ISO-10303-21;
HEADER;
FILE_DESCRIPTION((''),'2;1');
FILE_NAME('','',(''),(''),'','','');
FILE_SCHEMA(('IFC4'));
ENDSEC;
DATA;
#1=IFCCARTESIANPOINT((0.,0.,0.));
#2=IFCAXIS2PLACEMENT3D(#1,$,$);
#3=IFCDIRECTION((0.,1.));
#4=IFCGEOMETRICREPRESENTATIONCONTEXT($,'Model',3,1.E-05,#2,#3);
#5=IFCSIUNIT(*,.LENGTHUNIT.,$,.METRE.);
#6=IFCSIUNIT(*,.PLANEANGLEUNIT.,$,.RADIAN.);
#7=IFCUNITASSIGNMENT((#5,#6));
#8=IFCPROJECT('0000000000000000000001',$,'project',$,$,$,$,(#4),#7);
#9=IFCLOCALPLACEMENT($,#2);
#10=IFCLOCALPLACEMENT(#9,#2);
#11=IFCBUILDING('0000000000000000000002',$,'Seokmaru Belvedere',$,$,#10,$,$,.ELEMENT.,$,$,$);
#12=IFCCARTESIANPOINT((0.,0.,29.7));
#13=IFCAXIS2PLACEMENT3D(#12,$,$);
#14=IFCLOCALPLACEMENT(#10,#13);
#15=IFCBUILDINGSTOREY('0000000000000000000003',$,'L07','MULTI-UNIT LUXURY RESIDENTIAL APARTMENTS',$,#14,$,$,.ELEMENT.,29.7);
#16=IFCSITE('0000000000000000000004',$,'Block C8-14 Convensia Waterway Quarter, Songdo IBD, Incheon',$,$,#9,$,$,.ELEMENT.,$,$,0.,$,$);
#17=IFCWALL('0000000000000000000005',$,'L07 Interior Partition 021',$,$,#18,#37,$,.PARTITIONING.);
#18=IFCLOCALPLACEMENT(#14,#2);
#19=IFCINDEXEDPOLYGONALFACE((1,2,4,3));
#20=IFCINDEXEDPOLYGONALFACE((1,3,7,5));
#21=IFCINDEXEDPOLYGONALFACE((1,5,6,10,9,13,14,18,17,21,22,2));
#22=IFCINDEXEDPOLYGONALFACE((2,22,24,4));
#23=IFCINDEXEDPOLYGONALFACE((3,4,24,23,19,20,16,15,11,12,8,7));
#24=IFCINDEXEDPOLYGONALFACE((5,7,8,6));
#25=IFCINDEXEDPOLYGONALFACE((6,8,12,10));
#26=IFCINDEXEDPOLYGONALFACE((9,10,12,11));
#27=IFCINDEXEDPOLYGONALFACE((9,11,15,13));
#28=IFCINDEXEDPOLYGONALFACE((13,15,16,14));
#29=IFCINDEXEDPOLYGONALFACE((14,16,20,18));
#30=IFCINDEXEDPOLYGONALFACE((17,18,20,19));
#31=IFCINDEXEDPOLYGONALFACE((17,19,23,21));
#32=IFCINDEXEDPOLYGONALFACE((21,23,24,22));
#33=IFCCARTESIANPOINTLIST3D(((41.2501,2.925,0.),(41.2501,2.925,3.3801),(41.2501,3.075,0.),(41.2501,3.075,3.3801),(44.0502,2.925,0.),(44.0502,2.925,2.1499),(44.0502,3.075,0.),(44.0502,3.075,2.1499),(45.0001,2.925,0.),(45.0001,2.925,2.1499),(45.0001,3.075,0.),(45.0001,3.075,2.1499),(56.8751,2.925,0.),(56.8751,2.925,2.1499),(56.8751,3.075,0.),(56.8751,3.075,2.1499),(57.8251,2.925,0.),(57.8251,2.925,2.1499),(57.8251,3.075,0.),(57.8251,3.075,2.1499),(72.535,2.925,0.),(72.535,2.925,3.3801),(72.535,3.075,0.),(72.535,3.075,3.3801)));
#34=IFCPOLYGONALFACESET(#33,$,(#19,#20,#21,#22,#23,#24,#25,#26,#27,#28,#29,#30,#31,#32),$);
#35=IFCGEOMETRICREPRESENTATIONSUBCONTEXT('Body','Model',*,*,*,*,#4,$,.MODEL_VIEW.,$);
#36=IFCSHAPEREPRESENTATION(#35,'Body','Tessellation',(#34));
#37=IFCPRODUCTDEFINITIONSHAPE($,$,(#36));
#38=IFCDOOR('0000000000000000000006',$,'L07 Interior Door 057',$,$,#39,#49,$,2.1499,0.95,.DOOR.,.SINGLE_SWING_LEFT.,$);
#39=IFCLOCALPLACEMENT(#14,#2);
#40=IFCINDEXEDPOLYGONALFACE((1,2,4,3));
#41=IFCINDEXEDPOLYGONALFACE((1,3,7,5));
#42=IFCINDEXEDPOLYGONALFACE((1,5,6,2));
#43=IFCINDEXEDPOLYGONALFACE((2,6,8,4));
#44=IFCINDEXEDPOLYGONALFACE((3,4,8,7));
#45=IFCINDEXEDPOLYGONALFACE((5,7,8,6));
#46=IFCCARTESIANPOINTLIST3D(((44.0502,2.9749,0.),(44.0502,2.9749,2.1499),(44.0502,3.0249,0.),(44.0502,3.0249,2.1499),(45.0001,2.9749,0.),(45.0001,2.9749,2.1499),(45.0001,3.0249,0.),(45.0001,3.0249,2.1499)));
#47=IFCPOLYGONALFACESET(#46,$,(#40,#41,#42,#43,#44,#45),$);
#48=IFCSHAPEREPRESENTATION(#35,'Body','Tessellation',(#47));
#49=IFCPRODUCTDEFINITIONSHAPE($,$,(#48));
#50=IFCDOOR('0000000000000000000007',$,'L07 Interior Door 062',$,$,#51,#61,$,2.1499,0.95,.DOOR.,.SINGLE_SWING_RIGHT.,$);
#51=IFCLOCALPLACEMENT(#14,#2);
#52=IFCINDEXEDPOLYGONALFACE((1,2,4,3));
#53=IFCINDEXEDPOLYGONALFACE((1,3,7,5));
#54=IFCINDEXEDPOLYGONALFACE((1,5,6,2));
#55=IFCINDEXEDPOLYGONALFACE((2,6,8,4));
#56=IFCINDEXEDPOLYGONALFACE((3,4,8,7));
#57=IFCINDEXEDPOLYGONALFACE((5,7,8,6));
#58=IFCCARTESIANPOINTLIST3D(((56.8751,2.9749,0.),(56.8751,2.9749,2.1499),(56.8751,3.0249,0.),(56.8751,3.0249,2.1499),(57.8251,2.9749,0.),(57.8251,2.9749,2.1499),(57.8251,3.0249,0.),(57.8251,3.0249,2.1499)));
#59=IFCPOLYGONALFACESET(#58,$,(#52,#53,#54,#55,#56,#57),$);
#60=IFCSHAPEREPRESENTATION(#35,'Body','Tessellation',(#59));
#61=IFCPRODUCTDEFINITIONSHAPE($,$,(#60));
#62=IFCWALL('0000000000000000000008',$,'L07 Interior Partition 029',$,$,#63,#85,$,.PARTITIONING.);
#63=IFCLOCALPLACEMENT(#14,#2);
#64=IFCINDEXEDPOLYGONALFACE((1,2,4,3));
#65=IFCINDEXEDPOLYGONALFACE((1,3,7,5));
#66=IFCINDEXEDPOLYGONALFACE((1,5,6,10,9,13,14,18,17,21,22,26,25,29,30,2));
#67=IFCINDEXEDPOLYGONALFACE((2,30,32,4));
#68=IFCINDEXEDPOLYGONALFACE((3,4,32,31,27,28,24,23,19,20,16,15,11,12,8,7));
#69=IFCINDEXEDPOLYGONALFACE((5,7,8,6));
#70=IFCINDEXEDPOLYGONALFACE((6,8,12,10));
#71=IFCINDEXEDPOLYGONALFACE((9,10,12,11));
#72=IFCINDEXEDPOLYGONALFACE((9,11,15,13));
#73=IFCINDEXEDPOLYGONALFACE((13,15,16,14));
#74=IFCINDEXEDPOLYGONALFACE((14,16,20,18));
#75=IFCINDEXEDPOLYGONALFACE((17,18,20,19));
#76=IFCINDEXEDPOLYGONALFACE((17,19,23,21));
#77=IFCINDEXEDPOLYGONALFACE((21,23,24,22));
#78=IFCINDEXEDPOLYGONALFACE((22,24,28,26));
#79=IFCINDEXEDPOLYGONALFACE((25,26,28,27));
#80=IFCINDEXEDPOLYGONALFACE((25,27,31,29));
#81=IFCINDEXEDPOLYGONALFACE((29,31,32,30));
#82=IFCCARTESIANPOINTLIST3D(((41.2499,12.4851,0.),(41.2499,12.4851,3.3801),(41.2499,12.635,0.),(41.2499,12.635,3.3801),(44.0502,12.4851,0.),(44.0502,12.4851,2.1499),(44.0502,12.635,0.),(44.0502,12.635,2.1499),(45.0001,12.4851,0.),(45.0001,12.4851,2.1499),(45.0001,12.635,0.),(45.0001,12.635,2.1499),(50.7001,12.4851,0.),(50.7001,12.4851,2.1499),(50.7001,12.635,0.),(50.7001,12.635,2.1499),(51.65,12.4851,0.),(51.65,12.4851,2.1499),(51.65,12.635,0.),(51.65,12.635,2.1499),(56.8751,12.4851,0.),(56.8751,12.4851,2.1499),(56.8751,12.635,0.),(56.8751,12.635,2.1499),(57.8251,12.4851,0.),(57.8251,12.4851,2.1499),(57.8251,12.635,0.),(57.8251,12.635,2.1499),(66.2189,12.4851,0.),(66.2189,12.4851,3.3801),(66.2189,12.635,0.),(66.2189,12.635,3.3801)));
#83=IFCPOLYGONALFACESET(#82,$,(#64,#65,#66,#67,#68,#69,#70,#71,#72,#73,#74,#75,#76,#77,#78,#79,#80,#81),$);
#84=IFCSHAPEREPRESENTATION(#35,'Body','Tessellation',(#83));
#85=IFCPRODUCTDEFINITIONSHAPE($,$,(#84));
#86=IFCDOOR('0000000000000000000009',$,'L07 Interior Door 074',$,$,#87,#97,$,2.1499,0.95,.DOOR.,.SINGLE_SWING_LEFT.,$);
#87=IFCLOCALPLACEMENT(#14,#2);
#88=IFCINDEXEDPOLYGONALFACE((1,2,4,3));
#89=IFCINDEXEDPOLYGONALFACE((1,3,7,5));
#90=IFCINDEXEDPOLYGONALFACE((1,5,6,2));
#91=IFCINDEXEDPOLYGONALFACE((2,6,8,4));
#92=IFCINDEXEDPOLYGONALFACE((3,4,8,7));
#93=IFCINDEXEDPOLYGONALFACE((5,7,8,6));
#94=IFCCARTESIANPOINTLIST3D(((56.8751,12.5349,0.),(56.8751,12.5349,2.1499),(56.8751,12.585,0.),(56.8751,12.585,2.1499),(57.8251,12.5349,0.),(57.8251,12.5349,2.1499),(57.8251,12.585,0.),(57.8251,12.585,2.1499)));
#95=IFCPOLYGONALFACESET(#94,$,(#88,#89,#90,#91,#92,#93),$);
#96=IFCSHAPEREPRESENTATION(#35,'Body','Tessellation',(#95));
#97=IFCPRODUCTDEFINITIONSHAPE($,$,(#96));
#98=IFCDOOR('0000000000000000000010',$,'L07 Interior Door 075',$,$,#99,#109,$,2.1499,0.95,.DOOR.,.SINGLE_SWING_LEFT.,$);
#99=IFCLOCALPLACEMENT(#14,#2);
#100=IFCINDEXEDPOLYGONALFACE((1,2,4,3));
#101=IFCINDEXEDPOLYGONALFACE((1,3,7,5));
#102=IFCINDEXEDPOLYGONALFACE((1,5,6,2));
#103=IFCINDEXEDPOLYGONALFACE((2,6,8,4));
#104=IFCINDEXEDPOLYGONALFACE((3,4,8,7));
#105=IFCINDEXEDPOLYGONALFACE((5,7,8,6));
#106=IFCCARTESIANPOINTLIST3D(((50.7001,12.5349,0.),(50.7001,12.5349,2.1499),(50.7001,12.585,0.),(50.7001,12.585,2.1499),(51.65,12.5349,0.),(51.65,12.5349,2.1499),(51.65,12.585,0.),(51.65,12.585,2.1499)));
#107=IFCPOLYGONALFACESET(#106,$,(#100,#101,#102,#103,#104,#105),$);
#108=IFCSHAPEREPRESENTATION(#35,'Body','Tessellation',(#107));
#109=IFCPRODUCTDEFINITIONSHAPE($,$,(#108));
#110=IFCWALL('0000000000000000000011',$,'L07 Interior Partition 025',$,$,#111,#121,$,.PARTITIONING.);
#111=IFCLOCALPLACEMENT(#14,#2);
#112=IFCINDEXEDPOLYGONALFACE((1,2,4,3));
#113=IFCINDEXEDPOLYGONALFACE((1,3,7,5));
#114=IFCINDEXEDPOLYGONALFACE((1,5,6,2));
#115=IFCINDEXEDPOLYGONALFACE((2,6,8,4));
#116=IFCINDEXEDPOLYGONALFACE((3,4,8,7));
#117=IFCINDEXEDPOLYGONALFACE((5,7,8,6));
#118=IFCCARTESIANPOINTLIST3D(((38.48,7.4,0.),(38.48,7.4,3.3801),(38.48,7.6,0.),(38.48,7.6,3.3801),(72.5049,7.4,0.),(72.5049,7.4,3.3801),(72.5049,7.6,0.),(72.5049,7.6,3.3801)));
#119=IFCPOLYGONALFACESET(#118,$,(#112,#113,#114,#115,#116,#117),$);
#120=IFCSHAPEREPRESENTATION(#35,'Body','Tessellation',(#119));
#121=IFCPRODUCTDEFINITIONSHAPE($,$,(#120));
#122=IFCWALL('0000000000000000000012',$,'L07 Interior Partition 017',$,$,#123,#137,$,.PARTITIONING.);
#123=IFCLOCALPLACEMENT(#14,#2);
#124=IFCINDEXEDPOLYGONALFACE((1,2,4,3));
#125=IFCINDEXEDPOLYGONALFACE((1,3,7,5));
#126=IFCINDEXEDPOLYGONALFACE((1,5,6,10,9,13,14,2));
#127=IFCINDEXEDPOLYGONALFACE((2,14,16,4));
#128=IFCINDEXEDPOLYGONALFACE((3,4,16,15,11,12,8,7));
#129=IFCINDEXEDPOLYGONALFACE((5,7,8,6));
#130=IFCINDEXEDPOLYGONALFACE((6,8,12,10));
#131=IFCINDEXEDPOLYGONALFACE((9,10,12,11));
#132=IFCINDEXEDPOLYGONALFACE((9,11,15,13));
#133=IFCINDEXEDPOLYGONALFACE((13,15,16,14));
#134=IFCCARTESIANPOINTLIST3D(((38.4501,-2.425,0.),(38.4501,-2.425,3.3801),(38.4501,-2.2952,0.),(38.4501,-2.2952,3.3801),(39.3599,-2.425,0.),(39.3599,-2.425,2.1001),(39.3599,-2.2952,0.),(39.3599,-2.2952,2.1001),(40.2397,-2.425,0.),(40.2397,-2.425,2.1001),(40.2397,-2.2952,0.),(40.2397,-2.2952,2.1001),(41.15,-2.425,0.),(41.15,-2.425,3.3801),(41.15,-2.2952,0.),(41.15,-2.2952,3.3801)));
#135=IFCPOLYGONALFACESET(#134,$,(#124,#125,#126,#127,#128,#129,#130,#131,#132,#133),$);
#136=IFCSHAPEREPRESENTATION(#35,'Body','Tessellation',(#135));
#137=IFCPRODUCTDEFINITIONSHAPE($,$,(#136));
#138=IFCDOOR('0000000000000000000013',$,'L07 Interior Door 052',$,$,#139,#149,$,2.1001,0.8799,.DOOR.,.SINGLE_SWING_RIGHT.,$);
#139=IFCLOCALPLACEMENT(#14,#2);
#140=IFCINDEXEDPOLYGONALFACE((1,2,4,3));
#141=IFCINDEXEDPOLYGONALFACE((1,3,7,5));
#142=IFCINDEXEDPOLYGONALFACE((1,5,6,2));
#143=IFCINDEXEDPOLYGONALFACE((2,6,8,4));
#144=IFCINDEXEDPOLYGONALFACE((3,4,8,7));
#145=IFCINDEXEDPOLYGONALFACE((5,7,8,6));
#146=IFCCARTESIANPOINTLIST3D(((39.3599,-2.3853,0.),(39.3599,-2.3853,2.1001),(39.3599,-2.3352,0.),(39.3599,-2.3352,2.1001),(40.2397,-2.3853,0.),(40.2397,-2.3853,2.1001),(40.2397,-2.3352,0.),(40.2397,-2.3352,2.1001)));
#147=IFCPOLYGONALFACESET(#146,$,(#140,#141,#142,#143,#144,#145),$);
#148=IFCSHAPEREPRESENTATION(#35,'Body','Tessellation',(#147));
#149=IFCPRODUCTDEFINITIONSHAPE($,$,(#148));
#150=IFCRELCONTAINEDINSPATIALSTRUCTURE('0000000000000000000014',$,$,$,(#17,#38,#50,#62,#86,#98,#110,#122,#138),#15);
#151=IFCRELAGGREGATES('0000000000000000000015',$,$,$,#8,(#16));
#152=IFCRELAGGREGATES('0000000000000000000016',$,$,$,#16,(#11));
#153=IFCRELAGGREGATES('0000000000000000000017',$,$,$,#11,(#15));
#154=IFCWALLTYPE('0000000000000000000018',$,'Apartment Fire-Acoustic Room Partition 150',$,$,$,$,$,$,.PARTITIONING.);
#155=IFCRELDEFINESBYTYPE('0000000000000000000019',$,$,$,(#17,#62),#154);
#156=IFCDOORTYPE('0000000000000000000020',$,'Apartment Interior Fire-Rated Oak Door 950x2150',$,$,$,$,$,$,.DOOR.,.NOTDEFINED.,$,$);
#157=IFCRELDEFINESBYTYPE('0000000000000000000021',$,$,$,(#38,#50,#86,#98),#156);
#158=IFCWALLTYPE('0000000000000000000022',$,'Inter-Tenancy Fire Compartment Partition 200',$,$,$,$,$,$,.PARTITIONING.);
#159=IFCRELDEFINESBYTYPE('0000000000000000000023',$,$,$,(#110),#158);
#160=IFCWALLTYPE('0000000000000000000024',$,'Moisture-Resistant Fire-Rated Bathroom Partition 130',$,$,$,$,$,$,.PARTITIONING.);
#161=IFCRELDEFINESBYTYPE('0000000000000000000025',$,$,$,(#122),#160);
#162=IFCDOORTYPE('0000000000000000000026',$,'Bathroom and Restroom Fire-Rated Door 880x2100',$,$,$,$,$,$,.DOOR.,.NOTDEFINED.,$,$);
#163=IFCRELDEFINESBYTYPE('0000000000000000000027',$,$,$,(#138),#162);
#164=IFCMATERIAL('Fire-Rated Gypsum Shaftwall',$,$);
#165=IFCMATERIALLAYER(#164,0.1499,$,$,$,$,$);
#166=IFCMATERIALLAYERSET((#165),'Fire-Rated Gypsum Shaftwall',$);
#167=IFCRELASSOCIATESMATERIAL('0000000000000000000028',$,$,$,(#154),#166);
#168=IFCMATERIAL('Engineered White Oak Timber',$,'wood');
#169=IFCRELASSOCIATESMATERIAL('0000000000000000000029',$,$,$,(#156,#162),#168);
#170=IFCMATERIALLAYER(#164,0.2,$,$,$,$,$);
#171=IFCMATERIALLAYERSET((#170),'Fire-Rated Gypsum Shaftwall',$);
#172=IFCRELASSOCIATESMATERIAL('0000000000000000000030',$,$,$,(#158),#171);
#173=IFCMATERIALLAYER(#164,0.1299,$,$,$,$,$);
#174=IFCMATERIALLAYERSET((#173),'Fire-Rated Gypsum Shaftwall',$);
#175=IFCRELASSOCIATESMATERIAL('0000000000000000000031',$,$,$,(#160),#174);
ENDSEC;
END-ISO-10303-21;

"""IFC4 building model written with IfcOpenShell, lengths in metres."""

from ifc_helpers import new_model, si_unit, direction, frame, frame_2d, origin, place, context, subcontext, project, spatial, rectangle, extrude, source, transform, mapped, material, layer, layer_set, type_object, type_shapes, element, fill, save


model = new_model("IFC4")

# Units and contexts
model_context = context("Model", 3, precision=1e-05, world=origin(), true_north=direction((0.0, 1.0)))
body_context = subcontext(model_context, "Body", "Model", "MODEL_VIEW")
ifc_project = project(units=[si_unit("LENGTHUNIT", "METRE"), si_unit("PLANEANGLEUNIT", "RADIAN")], contexts=[model_context])

# Site, building, storey
site_placement = place(None, origin())
site = spatial("IfcSite", under=ifc_project, at=site_placement, Name="Block C8-14 Convensia Waterway Quarter, Songdo IBD, Incheon", CompositionType="ELEMENT", RefElevation=0.0)
building_placement = place(site_placement, origin())
building = spatial("IfcBuilding", under=site, at=building_placement, Name="Seokmaru Belvedere", CompositionType="ELEMENT")
storey_placement = place(building_placement, frame((0.0, 0.0, 29.7)))
storey = spatial("IfcBuildingStorey", under=building, at=storey_placement, Name="L07", Description="MULTI-UNIT LUXURY RESIDENTIAL APARTMENTS", CompositionType="ELEMENT", Elevation=29.7)

# Wall, openings, doors
ifc_material_1 = material(Name="Fire-Rated Gypsum Shaftwall")
ifc_layer_1 = layer(ifc_material_1, 0.1499)
ifc_layer_set_1 = layer_set([ifc_layer_1], Name="Fire-Rated Gypsum Shaftwall")
wall_type_1 = type_object("IfcWallType", Name="Apartment Fire-Acoustic Room Partition 150", PredefinedType="PARTITIONING", material=ifc_layer_set_1)
ifc_material_2 = material(Name="Engineered White Oak Timber", Category="wood")
door_type_1 = type_object("IfcDoorType", Name="Apartment Interior Fire-Rated Oak Door 950x2150", OperationType="NOTDEFINED", PredefinedType="DOOR", material=ifc_material_2)
shared_shape_1 = source(origin(), body_context, "Body", "SweptSolid", [
    extrude(rectangle(XDim=0.95, YDim=2.1499, at=frame_2d((0.4751, 1.075))), frame((0.0, 0.0249, 0.0), z_axis=(0.0, -1.0, 0.0), x_axis=(1.0, 0.0, 0.0)), (0.0, 0.0, 1.0), 0.05),
])
type_shapes(door_type_1, [shared_shape_1])
wall_1_placement = place(storey_placement, frame((41.25, 3.0, 0.0), z_axis=(0.0, 0.0, 1.0), x_axis=(1.0, 0.0, 0.0)))
wall_1 = element("IfcWall", 1, at=wall_1_placement, inside=storey, type_object=wall_type_1, Name="L07 Interior Partition 021", PredefinedType="PARTITIONING", context=body_context, shape_type="SweptSolid", body=[
    extrude(rectangle(XDim=31.2849, YDim=0.1499, at=frame_2d((15.6426, 0.0))), origin(), (0.0, 0.0, 1.0), 3.3801),
])
opening_1_placement = place(wall_1_placement, frame((2.8, 0.0, 0.0)))
opening_1 = element("IfcOpeningElement", 2, at=opening_1_placement, cuts=wall_1, PredefinedType="OPENING", context=body_context, shape_type="SweptSolid", body=[
    extrude(rectangle(XDim=0.95, YDim=2.1499, at=frame_2d((0.4751, 1.075))), frame((0.0, 0.085, 0.0), z_axis=(0.0, -1.0, 0.0), x_axis=(1.0, 0.0, 0.0)), (0.0, 0.0, 1.0), 0.1699),
])
opening_2_placement = place(wall_1_placement, frame((15.625, 0.0, 0.0)))
opening_2 = element("IfcOpeningElement", 3, at=opening_2_placement, cuts=wall_1, PredefinedType="OPENING", context=body_context, shape_type="SweptSolid", body=[
    extrude(rectangle(XDim=0.95, YDim=2.1499, at=frame_2d((0.4751, 1.075))), frame((0.0, 0.085, 0.0), z_axis=(0.0, -1.0, 0.0), x_axis=(1.0, 0.0, 0.0)), (0.0, 0.0, 1.0), 0.1699),
])
door_1_placement = place(opening_1_placement, origin())
door_1 = element("IfcDoor", 4, at=door_1_placement, inside=storey, type_object=door_type_1, Name="L07 Interior Door 057", OperationType="SINGLE_SWING_LEFT", OverallHeight=2.1499, OverallWidth=0.95, PredefinedType="DOOR", context=body_context, shape_type="MappedRepresentation", body=[
    mapped(shared_shape_1, transform((0.0, 0.0, 0.0), scale=1.0)),
])
fill(opening_1, door_1)
door_2_placement = place(opening_2_placement, origin())
door_2 = element("IfcDoor", 5, at=door_2_placement, inside=storey, type_object=door_type_1, Name="L07 Interior Door 062", OperationType="SINGLE_SWING_RIGHT", OverallHeight=2.1499, OverallWidth=0.95, PredefinedType="DOOR", context=body_context, shape_type="MappedRepresentation", body=[
    mapped(shared_shape_1, transform((0.0, 0.0, 0.0), scale=1.0)),
])
fill(opening_2, door_2)

# Wall, openings, doors
wall_2_placement = place(storey_placement, frame((41.25, 12.5601, 0.0), z_axis=(0.0, 0.0, 1.0), x_axis=(1.0, 0.0, 0.0)))
wall_2 = element("IfcWall", 6, at=wall_2_placement, inside=storey, type_object=wall_type_1, Name="L07 Interior Partition 029", PredefinedType="PARTITIONING", context=body_context, shape_type="SweptSolid", body=[
    extrude(rectangle(XDim=24.969, YDim=0.1499, at=frame_2d((12.4844, 0.0))), origin(), (0.0, 0.0, 1.0), 3.3801),
])
opening_3_placement = place(wall_2_placement, frame((2.8, 0.0, 0.0)))
element("IfcOpeningElement", 7, at=opening_3_placement, cuts=wall_2, PredefinedType="OPENING", context=body_context, shape_type="SweptSolid", body=[
    extrude(rectangle(XDim=0.95, YDim=2.1499, at=frame_2d((0.4751, 1.075))), frame((0.0, 0.085, 0.0), z_axis=(0.0, -1.0, 0.0), x_axis=(1.0, 0.0, 0.0)), (0.0, 0.0, 1.0), 0.1699),
])
opening_4_placement = place(wall_2_placement, frame((15.625, 0.0, 0.0)))
opening_4 = element("IfcOpeningElement", 8, at=opening_4_placement, cuts=wall_2, PredefinedType="OPENING", context=body_context, shape_type="SweptSolid", body=[
    extrude(rectangle(XDim=0.95, YDim=2.1499, at=frame_2d((0.4751, 1.075))), frame((0.0, 0.085, 0.0), z_axis=(0.0, -1.0, 0.0), x_axis=(1.0, 0.0, 0.0)), (0.0, 0.0, 1.0), 0.1699),
])
opening_5_placement = place(wall_2_placement, frame((9.45, 0.0, 0.0)))
opening_5 = element("IfcOpeningElement", 9, at=opening_5_placement, cuts=wall_2, PredefinedType="OPENING", context=body_context, shape_type="SweptSolid", body=[
    extrude(rectangle(XDim=0.95, YDim=2.1499, at=frame_2d((0.4751, 1.075))), frame((0.0, 0.085, 0.0), z_axis=(0.0, -1.0, 0.0), x_axis=(1.0, 0.0, 0.0)), (0.0, 0.0, 1.0), 0.1699),
])
door_3_placement = place(opening_4_placement, origin())
door_3 = element("IfcDoor", 10, at=door_3_placement, inside=storey, type_object=door_type_1, Name="L07 Interior Door 074", OperationType="SINGLE_SWING_LEFT", OverallHeight=2.1499, OverallWidth=0.95, PredefinedType="DOOR", context=body_context, shape_type="MappedRepresentation", body=[
    mapped(shared_shape_1, transform((0.0, 0.0, 0.0), scale=1.0)),
])
fill(opening_4, door_3)
door_4_placement = place(opening_5_placement, origin())
door_4 = element("IfcDoor", 11, at=door_4_placement, inside=storey, type_object=door_type_1, Name="L07 Interior Door 075", OperationType="SINGLE_SWING_LEFT", OverallHeight=2.1499, OverallWidth=0.95, PredefinedType="DOOR", context=body_context, shape_type="MappedRepresentation", body=[
    mapped(shared_shape_1, transform((0.0, 0.0, 0.0), scale=1.0)),
])
fill(opening_5, door_4)

# Wall
ifc_layer_2 = layer(ifc_material_1, 0.2)
ifc_layer_set_2 = layer_set([ifc_layer_2], Name="Fire-Rated Gypsum Shaftwall")
wall_type_2 = type_object("IfcWallType", Name="Inter-Tenancy Fire Compartment Partition 200", PredefinedType="PARTITIONING", material=ifc_layer_set_2)
wall_3_placement = place(storey_placement, frame((38.48, 7.5, 0.0), z_axis=(0.0, 0.0, 1.0), x_axis=(1.0, 0.0, 0.0)))
element("IfcWall", 12, at=wall_3_placement, inside=storey, type_object=wall_type_2, Name="L07 Interior Partition 025", PredefinedType="PARTITIONING", context=body_context, shape_type="SweptSolid", body=[
    extrude(rectangle(XDim=34.0249, YDim=0.2, at=frame_2d((17.0125, 0.0))), origin(), (0.0, 0.0, 1.0), 3.3801),
])

# Wall, opening, door
ifc_layer_3 = layer(ifc_material_1, 0.1299)
ifc_layer_set_3 = layer_set([ifc_layer_3], Name="Fire-Rated Gypsum Shaftwall")
wall_type_3 = type_object("IfcWallType", Name="Moisture-Resistant Fire-Rated Bathroom Partition 130", PredefinedType="PARTITIONING", material=ifc_layer_set_3)
wall_4_placement = place(storey_placement, frame((38.45, -2.3601, 0.0), z_axis=(0.0, 0.0, 1.0), x_axis=(1.0, 0.0, 0.0)))
wall_4 = element("IfcWall", 13, at=wall_4_placement, inside=storey, type_object=wall_type_3, Name="L07 Interior Partition 017", PredefinedType="PARTITIONING", context=body_context, shape_type="SweptSolid", body=[
    extrude(rectangle(XDim=2.7, YDim=0.1299, at=frame_2d((1.3501, 0.0))), origin(), (0.0, 0.0, 1.0), 3.3801),
])
opening_6_placement = place(wall_4_placement, frame((0.9099, 0.0, 0.0)))
opening_6 = element("IfcOpeningElement", 14, at=opening_6_placement, cuts=wall_4, PredefinedType="OPENING", context=body_context, shape_type="SweptSolid", body=[
    extrude(rectangle(XDim=0.8799, YDim=2.1001, at=frame_2d((0.4399, 1.05))), frame((0.0, 0.075, 0.0), z_axis=(0.0, -1.0, 0.0), x_axis=(1.0, 0.0, 0.0)), (0.0, 0.0, 1.0), 0.1499),
])
door_type_2 = type_object("IfcDoorType", Name="Bathroom and Restroom Fire-Rated Door 880x2100", OperationType="NOTDEFINED", PredefinedType="DOOR", material=ifc_material_2)
shared_shape_2 = source(origin(), body_context, "Body", "SweptSolid", [
    extrude(rectangle(XDim=0.8799, YDim=2.1001, at=frame_2d((0.4399, 1.05))), frame((0.0, 0.0249, 0.0), z_axis=(0.0, -1.0, 0.0), x_axis=(1.0, 0.0, 0.0)), (0.0, 0.0, 1.0), 0.05),
])
type_shapes(door_type_2, [shared_shape_2])
door_5_placement = place(opening_6_placement, origin())
door_5 = element("IfcDoor", 15, at=door_5_placement, inside=storey, type_object=door_type_2, Name="L07 Interior Door 052", OperationType="SINGLE_SWING_RIGHT", OverallHeight=2.1001, OverallWidth=0.8799, PredefinedType="DOOR", context=body_context, shape_type="MappedRepresentation", body=[
    mapped(shared_shape_2, transform((0.0, 0.0, 0.0), scale=1.0)),
])
fill(opening_6, door_5)

save(model, "model.ifc")
